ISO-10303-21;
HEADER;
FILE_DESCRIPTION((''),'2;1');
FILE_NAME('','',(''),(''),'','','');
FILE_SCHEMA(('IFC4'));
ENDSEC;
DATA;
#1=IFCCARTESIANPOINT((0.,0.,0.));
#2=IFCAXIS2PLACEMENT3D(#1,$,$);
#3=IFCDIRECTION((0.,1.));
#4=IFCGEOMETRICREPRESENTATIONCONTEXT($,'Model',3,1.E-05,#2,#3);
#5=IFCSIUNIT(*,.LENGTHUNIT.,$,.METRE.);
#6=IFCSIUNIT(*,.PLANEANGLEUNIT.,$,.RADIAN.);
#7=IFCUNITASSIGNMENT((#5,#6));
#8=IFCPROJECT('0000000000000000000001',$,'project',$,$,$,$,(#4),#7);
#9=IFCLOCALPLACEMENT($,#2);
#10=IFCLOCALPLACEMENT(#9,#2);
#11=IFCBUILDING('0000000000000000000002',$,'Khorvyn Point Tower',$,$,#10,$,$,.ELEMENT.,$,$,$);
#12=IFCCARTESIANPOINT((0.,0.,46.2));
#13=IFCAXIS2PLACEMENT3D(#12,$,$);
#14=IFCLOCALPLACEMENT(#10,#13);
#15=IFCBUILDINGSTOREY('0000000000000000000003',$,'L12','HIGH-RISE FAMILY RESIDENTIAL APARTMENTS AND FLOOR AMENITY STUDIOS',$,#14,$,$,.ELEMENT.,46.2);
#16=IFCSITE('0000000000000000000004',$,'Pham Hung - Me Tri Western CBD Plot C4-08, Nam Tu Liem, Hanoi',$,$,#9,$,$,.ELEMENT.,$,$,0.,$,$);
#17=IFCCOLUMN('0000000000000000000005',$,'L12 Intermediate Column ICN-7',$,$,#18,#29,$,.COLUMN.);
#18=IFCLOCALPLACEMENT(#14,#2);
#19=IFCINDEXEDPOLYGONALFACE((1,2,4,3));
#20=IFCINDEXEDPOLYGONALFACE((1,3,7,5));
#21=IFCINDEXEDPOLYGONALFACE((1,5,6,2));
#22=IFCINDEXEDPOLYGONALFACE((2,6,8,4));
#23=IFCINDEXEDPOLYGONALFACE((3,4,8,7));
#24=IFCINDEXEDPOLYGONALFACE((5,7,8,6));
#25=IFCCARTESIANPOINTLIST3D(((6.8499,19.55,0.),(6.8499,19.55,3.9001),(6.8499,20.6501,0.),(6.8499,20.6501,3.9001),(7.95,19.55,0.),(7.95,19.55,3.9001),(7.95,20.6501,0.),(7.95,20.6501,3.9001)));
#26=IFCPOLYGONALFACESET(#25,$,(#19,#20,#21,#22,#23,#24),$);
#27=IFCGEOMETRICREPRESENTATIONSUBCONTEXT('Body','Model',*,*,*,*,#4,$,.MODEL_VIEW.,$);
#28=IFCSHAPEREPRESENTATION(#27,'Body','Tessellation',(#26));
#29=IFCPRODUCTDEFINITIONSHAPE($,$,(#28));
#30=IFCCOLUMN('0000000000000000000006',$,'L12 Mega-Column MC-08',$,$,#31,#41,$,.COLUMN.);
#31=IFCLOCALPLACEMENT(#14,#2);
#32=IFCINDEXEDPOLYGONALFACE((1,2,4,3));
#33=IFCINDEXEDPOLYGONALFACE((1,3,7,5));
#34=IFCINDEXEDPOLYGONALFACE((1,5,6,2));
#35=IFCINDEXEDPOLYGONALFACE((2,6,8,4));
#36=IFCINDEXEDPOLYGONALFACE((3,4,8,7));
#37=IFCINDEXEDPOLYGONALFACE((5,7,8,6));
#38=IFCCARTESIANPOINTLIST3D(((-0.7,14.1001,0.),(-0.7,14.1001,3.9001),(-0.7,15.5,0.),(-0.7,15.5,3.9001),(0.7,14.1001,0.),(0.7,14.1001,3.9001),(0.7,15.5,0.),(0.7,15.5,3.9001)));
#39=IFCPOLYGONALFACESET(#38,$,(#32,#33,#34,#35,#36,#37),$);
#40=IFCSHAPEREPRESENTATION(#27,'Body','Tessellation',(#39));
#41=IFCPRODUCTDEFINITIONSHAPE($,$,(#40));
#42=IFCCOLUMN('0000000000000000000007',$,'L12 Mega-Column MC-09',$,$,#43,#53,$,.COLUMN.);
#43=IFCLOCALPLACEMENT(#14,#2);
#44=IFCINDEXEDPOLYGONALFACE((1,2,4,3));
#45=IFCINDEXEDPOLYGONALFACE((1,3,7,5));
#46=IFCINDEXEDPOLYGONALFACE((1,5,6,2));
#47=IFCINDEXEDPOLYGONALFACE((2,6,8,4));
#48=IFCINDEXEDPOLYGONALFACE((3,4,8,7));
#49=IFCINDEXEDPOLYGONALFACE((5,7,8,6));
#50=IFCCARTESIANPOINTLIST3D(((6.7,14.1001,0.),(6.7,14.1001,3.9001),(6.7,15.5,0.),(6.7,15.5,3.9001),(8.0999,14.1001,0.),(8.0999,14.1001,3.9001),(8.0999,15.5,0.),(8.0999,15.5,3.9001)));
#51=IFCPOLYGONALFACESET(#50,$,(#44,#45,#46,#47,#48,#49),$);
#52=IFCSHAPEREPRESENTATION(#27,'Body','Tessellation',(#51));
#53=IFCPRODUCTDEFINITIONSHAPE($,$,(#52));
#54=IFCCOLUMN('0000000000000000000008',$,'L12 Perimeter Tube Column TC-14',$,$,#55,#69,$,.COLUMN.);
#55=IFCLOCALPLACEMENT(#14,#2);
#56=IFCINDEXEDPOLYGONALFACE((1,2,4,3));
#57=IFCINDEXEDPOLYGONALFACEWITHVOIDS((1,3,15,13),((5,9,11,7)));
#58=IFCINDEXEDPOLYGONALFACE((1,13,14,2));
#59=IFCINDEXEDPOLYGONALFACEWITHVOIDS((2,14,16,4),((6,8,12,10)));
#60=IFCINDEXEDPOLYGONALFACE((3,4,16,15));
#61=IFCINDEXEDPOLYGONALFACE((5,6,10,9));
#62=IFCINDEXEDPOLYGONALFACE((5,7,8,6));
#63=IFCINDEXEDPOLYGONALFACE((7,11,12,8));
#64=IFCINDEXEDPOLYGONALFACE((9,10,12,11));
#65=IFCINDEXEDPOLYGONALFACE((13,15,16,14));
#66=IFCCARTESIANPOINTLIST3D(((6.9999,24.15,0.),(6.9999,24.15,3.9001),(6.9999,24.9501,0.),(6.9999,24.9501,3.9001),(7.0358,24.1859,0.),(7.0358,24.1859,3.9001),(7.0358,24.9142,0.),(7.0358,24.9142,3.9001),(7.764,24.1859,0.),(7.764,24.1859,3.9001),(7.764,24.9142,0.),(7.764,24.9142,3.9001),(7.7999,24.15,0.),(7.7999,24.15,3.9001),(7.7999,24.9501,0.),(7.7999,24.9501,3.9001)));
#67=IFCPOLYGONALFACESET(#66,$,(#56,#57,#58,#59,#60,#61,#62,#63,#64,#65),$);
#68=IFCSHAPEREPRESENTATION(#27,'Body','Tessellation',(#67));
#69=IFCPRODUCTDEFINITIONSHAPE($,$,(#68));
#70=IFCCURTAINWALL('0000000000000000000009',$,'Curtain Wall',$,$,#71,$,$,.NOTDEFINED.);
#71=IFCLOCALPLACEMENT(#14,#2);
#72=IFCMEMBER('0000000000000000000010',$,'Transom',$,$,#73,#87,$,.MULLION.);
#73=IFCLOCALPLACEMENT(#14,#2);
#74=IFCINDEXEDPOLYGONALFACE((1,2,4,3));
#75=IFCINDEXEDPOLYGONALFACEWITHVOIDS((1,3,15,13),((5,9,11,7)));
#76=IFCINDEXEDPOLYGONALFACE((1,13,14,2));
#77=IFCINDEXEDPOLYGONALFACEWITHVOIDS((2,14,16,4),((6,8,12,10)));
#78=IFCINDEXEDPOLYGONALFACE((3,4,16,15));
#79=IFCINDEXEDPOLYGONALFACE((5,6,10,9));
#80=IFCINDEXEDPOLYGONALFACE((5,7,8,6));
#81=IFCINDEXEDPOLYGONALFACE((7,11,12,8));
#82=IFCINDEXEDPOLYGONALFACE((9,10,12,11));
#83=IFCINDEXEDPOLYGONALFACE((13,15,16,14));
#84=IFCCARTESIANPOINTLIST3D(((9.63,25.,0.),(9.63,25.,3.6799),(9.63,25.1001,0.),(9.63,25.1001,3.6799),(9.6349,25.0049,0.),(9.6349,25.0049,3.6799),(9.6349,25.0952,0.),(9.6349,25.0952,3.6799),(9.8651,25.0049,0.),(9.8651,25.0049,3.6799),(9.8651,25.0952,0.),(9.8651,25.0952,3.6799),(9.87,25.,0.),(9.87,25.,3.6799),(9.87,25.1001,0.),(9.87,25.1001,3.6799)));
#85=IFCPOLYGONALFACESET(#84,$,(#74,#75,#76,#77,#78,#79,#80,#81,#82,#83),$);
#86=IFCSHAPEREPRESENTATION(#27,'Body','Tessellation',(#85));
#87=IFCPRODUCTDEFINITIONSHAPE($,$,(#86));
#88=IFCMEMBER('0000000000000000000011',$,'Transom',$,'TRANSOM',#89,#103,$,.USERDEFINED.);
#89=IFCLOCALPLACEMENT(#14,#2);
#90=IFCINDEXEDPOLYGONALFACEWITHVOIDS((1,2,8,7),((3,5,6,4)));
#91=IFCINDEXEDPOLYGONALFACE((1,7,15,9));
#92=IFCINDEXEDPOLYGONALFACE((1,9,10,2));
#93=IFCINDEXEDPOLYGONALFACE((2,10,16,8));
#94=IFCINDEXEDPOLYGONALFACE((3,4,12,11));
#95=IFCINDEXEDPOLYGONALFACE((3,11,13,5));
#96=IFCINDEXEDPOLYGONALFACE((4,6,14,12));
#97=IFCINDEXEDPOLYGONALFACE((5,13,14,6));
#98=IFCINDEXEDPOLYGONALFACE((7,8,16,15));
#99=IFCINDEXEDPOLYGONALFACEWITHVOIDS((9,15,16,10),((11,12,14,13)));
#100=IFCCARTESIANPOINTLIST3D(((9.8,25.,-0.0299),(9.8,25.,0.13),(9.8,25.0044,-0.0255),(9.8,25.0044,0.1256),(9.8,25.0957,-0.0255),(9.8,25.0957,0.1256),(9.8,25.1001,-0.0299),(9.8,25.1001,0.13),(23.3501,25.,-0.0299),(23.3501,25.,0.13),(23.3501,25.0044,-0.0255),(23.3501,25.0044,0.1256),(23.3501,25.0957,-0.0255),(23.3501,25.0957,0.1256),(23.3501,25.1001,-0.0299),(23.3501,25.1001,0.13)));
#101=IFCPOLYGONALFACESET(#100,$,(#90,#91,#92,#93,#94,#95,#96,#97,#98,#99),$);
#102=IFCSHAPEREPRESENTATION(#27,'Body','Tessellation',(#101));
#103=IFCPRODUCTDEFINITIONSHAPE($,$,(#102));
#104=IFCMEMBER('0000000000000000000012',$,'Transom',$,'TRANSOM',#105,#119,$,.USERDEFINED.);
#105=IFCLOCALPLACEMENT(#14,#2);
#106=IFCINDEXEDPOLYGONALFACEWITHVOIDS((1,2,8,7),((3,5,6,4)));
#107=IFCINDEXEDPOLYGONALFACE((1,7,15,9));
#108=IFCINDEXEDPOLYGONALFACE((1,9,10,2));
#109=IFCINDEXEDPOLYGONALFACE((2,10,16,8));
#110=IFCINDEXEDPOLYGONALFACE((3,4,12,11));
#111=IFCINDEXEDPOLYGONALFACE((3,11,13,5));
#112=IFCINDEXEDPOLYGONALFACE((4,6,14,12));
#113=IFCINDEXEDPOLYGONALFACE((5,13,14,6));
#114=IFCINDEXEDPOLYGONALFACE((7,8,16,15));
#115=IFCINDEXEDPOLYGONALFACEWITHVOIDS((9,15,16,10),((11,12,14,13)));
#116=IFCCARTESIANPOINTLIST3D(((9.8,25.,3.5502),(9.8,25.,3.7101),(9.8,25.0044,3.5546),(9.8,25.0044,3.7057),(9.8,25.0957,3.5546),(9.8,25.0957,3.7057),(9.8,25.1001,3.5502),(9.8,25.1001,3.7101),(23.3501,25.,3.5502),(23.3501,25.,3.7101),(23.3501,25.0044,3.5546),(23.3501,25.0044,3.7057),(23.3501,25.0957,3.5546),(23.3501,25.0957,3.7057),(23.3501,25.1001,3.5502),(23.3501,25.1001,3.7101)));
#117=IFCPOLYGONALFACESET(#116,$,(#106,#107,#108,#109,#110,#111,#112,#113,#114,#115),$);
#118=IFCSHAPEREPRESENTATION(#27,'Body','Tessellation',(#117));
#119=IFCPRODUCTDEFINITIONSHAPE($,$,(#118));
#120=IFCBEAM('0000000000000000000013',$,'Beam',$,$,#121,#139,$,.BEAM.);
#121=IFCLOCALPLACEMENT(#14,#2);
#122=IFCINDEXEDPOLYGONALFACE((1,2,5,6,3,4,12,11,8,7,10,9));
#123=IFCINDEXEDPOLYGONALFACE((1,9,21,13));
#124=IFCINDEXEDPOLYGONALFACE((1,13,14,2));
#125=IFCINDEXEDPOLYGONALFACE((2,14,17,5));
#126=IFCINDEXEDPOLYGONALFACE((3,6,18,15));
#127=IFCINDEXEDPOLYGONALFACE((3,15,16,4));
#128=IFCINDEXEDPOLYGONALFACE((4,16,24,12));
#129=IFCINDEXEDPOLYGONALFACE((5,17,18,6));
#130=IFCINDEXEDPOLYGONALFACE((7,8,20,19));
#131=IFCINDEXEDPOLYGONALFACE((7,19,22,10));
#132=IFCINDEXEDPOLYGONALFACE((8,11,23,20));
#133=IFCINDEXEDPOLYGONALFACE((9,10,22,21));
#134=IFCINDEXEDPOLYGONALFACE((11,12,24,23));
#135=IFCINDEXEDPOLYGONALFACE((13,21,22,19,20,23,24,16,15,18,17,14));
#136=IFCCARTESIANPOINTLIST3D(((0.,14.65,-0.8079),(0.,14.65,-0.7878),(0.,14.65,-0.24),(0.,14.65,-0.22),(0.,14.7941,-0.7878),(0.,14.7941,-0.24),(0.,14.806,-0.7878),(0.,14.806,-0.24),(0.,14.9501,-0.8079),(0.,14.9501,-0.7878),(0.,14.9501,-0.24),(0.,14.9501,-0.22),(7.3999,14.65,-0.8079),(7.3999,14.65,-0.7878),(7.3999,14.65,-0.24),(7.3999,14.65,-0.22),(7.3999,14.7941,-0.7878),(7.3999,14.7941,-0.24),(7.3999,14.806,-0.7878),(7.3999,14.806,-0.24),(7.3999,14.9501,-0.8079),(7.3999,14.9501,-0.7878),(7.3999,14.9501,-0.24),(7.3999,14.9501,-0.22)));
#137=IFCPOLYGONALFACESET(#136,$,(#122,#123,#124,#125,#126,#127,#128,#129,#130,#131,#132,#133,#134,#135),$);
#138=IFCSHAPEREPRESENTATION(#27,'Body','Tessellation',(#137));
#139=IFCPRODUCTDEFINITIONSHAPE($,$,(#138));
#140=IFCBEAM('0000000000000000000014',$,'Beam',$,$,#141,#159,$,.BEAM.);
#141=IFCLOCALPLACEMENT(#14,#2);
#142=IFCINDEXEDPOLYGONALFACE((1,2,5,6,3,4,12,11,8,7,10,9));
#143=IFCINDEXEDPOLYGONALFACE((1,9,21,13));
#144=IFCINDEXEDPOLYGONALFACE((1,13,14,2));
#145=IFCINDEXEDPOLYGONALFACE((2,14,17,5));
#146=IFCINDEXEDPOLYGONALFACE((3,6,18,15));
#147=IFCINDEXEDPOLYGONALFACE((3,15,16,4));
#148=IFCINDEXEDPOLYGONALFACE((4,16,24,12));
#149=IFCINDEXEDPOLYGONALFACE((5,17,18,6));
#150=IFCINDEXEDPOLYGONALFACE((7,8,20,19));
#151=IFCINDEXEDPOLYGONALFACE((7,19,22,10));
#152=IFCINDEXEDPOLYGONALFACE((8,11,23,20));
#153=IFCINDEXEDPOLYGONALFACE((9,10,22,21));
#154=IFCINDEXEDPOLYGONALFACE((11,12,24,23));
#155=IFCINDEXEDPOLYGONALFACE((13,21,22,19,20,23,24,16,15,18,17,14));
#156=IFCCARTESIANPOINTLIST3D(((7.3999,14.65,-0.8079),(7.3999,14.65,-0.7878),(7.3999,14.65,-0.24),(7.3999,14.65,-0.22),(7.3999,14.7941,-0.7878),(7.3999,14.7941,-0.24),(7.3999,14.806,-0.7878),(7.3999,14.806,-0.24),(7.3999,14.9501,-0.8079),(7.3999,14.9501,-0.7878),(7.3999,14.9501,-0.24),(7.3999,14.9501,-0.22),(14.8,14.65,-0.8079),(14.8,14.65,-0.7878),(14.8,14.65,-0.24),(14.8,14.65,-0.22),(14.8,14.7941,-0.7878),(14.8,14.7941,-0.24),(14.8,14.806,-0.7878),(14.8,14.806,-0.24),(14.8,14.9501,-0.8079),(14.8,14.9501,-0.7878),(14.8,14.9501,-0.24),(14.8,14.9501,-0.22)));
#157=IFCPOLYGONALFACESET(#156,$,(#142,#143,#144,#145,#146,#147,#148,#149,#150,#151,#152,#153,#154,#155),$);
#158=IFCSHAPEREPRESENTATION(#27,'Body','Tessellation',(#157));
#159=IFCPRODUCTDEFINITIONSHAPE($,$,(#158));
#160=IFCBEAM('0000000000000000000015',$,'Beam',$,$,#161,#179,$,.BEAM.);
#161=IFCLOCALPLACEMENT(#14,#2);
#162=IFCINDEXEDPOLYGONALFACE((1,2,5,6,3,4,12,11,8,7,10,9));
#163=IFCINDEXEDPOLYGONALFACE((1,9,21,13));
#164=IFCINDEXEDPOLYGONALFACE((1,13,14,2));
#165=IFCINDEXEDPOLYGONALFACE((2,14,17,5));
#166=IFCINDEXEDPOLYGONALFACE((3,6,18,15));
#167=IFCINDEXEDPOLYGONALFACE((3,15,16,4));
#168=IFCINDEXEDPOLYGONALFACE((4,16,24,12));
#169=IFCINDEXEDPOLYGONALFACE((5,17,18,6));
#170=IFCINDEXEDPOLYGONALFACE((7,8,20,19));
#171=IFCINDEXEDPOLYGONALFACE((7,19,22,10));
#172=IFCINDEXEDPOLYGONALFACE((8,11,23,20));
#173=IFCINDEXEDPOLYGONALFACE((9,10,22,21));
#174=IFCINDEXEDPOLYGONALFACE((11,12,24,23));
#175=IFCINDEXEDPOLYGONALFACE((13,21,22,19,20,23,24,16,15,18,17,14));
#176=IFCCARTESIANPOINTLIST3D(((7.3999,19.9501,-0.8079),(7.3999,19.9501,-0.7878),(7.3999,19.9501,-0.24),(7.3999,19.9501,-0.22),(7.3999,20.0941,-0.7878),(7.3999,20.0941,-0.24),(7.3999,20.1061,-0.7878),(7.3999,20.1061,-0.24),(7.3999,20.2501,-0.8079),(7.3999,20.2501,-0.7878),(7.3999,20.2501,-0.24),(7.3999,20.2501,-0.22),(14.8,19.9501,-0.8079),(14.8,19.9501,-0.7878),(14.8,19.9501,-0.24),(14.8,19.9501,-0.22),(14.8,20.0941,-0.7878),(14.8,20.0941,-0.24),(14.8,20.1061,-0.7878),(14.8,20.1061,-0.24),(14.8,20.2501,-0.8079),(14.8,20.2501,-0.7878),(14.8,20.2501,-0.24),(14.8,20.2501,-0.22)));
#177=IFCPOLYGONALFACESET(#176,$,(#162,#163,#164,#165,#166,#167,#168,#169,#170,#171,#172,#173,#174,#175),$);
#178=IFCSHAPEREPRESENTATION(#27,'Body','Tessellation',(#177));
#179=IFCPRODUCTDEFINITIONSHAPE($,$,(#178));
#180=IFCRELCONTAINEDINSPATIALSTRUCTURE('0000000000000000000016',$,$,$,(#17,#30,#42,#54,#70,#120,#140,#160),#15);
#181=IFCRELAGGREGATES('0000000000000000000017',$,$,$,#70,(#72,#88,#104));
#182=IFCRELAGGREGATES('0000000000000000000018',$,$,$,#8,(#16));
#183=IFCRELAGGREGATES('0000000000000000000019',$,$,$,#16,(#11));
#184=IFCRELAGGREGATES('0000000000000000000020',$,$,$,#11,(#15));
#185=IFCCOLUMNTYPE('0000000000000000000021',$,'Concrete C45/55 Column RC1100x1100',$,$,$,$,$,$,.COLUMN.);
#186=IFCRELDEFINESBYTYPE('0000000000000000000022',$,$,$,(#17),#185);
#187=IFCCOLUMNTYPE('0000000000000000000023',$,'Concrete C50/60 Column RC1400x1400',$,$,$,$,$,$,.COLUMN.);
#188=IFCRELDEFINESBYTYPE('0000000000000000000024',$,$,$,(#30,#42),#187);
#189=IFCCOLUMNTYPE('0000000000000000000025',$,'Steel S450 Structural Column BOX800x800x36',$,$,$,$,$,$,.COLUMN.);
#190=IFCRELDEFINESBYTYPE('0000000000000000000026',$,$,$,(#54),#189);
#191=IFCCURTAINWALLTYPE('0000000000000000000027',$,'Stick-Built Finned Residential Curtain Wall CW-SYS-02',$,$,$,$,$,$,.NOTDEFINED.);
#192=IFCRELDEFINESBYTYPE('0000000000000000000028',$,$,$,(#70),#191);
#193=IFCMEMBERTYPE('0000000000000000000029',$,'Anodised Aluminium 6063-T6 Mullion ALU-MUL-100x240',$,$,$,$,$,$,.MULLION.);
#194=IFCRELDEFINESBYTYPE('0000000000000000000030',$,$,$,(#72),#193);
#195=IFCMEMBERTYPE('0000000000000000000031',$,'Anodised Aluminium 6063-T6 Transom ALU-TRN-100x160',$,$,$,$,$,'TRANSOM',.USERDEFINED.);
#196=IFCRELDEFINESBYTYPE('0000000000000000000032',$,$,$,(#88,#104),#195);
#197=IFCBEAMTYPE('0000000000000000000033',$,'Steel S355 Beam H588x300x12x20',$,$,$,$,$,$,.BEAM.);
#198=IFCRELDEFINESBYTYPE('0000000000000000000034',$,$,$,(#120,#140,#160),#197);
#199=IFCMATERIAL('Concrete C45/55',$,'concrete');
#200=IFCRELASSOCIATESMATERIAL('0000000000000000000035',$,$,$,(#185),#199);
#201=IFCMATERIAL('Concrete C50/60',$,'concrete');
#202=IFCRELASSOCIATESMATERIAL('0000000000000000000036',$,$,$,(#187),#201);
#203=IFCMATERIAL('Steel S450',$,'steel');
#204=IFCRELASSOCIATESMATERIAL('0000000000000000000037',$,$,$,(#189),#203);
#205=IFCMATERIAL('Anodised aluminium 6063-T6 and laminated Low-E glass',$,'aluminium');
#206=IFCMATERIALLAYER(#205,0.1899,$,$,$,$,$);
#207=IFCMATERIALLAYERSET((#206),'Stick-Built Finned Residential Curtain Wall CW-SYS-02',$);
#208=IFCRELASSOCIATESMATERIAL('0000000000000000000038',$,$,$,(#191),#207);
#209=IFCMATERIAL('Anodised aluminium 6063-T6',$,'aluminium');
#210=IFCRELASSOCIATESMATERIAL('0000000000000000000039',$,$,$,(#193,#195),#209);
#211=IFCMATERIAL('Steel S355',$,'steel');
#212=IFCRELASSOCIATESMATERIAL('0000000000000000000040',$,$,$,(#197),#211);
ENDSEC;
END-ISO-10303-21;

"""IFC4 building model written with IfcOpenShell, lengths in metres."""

from ifc_helpers import new_model, si_unit, direction, frame, origin, origin_2d, place, context, subcontext, project, spatial, rectangle, hollow_rectangle, i_section, extrude, material, layer, layer_set, material_profile, profile_set, type_object, element, aggregate, save


model = new_model("IFC4")

# Units and contexts
model_context = context("Model", 3, precision=1e-05, world=origin(), true_north=direction((0.0, 1.0)))
body_context = subcontext(model_context, "Body", "Model", "MODEL_VIEW")
ifc_project = project(units=[si_unit("LENGTHUNIT", "METRE"), si_unit("PLANEANGLEUNIT", "RADIAN")], contexts=[model_context])

# Site, building, storey
site_placement = place(None, origin())
site = spatial("IfcSite", under=ifc_project, at=site_placement, Name="Pham Hung - Me Tri Western CBD Plot C4-08, Nam Tu Liem, Hanoi", CompositionType="ELEMENT", RefElevation=0.0)
building_placement = place(site_placement, origin())
building = spatial("IfcBuilding", under=site, at=building_placement, Name="Khorvyn Point Tower", CompositionType="ELEMENT")
storey_placement = place(building_placement, frame((0.0, 0.0, 46.2)))
storey = spatial("IfcBuildingStorey", under=building, at=storey_placement, Name="L12", Description="HIGH-RISE FAMILY RESIDENTIAL APARTMENTS AND FLOOR AMENITY STUDIOS", CompositionType="ELEMENT", Elevation=46.2)

# Columns
ifc_material_1 = material(Name="Concrete C45/55", Category="concrete")
ifc_material_profile_1 = material_profile(ifc_material_1, rectangle(XDim=1.1001, YDim=1.1001, at=origin_2d()))
ifc_profile_set_1 = profile_set([ifc_material_profile_1], Name="Concrete C45/55 RC1100x1100")
column_type_1 = type_object("IfcColumnType", Name="Concrete C45/55 Column RC1100x1100", PredefinedType="COLUMN", material=ifc_profile_set_1)
column_1_placement = place(storey_placement, frame((7.3999, 20.1001, 0.0), z_axis=(0.0, 0.0, 1.0), x_axis=(1.0, 0.0, 0.0)))
element("IfcColumn", 1, at=column_1_placement, inside=storey, type_object=column_type_1, Name="L12 Intermediate Column ICN-7", PredefinedType="COLUMN", context=body_context, shape_type="SweptSolid", body=[
    extrude(rectangle(XDim=1.1001, YDim=1.1001, at=origin_2d()), origin(), (0.0, 0.0, 1.0), 3.9001),
])
ifc_material_2 = material(Name="Concrete C50/60", Category="concrete")
ifc_material_profile_2 = material_profile(ifc_material_2, rectangle(XDim=1.3999, YDim=1.3999, at=origin_2d()))
ifc_profile_set_2 = profile_set([ifc_material_profile_2], Name="Concrete C50/60 RC1400x1400")
column_type_2 = type_object("IfcColumnType", Name="Concrete C50/60 Column RC1400x1400", PredefinedType="COLUMN", material=ifc_profile_set_2)
for number, where, z_axis, x_axis, name in (
    (2, (0.0, 14.8, 0.0), (0.0, 0.0, 1.0), (1.0, 0.0, 0.0), "L12 Mega-Column MC-08"),
    (3, (7.3999, 14.8, 0.0), (0.0, 0.0, 1.0), (1.0, 0.0, 0.0), "L12 Mega-Column MC-09"),
):
    element("IfcColumn", number, at=place(storey_placement, frame(where, z_axis=z_axis, x_axis=x_axis)), inside=storey, type_object=column_type_2, Name=name, PredefinedType="COLUMN", context=body_context, shape_type="SweptSolid", body=[
        extrude(rectangle(XDim=1.3999, YDim=1.3999, at=origin_2d()), origin(), (0.0, 0.0, 1.0), 3.9001),
    ])
ifc_material_3 = material(Name="Steel S450", Category="steel")
ifc_material_profile_3 = material_profile(ifc_material_3, hollow_rectangle(XDim=0.8, YDim=0.8, WallThickness=0.0359, at=origin_2d()))
ifc_profile_set_3 = profile_set([ifc_material_profile_3], Name="Steel S450 BOX800x800x36")
column_type_3 = type_object("IfcColumnType", Name="Steel S450 Structural Column BOX800x800x36", PredefinedType="COLUMN", material=ifc_profile_set_3)
column_2_placement = place(storey_placement, frame((7.3999, 24.55, 0.0), z_axis=(0.0, 0.0, 1.0), x_axis=(1.0, 0.0, 0.0)))
element("IfcColumn", 4, at=column_2_placement, inside=storey, type_object=column_type_3, Name="L12 Perimeter Tube Column TC-14", PredefinedType="COLUMN", context=body_context, shape_type="SweptSolid", body=[
    extrude(hollow_rectangle(XDim=0.8, YDim=0.8, WallThickness=0.0359, at=origin_2d()), origin(), (0.0, 0.0, 1.0), 3.9001),
])

# Curtain wall, members
ifc_material_4 = material(Name="Anodised aluminium 6063-T6 and laminated Low-E glass", Category="aluminium")
ifc_layer_1 = layer(ifc_material_4, 0.1899)
ifc_layer_set_1 = layer_set([ifc_layer_1], Name="Stick-Built Finned Residential Curtain Wall CW-SYS-02")
curtain_wall_type = type_object("IfcCurtainWallType", Name="Stick-Built Finned Residential Curtain Wall CW-SYS-02", PredefinedType="NOTDEFINED", material=ifc_layer_set_1)
curtain_wall_placement = place(storey_placement, origin())
curtain_wall = element("IfcCurtainWall", 5, at=curtain_wall_placement, inside=storey, type_object=curtain_wall_type, Name="Curtain Wall", PredefinedType="NOTDEFINED")
ifc_material_5 = material(Name="Anodised aluminium 6063-T6", Category="aluminium")
ifc_material_profile_4 = material_profile(ifc_material_5, hollow_rectangle(XDim=0.1001, YDim=0.24, WallThickness=0.0049, at=origin_2d()))
ifc_profile_set_4 = profile_set([ifc_material_profile_4], Name="Anodised aluminium 6063-T6 ALU-MUL-100x240")
member_type_1 = type_object("IfcMemberType", Name="Anodised Aluminium 6063-T6 Mullion ALU-MUL-100x240", PredefinedType="MULLION", material=ifc_profile_set_4)
member_1_placement = place(storey_placement, frame((9.75, 25.05, 0.0), z_axis=(0.0, 0.0, 1.0), x_axis=(0.0, 1.0, 0.0)))
member_1 = element("IfcMember", 6, at=member_1_placement, type_object=member_type_1, Name="Transom", PredefinedType="MULLION", context=body_context, shape_type="SweptSolid", body=[
    extrude(hollow_rectangle(XDim=0.1001, YDim=0.24, WallThickness=0.0049, at=origin_2d()), origin(), (0.0, 0.0, 1.0), 3.6799),
])
ifc_material_profile_5 = material_profile(ifc_material_5, hollow_rectangle(XDim=0.1001, YDim=0.1599, WallThickness=0.0044, at=origin_2d()))
ifc_profile_set_5 = profile_set([ifc_material_profile_5], Name="Anodised aluminium 6063-T6 ALU-TRN-100x160")
member_type_2 = type_object("IfcMemberType", Name="Anodised Aluminium 6063-T6 Transom ALU-TRN-100x160", ElementType="TRANSOM", PredefinedType="USERDEFINED", material=ifc_profile_set_5)
member_2_placement = place(storey_placement, frame((9.8, 25.05, 0.05), z_axis=(1.0, 0.0, 0.0), x_axis=(0.0, 1.0, 0.0)))
member_2 = element("IfcMember", 7, at=member_2_placement, type_object=member_type_2, Name="Transom", ObjectType="TRANSOM", PredefinedType="USERDEFINED", context=body_context, shape_type="SweptSolid", body=[
    extrude(hollow_rectangle(XDim=0.1001, YDim=0.1599, WallThickness=0.0044, at=origin_2d()), origin(), (0.0, 0.0, 1.0), 13.55),
])
member_3_placement = place(storey_placement, frame((9.8, 25.05, 3.6301), z_axis=(1.0, 0.0, 0.0), x_axis=(0.0, 1.0, 0.0)))
member_3 = element("IfcMember", 8, at=member_3_placement, type_object=member_type_2, Name="Transom", ObjectType="TRANSOM", PredefinedType="USERDEFINED", context=body_context, shape_type="SweptSolid", body=[
    extrude(hollow_rectangle(XDim=0.1001, YDim=0.1599, WallThickness=0.0044, at=origin_2d()), origin(), (0.0, 0.0, 1.0), 13.55),
])

# Beams
ifc_material_6 = material(Name="Steel S355", Category="steel")
ifc_material_profile_6 = material_profile(ifc_material_6, i_section(OverallWidth=0.3, OverallDepth=0.5879, WebThickness=0.012, FlangeThickness=0.02, at=origin_2d()))
ifc_profile_set_6 = profile_set([ifc_material_profile_6], Name="Steel S355 H588x300x12x20")
beam_type_1 = type_object("IfcBeamType", Name="Steel S355 Beam H588x300x12x20", PredefinedType="BEAM", material=ifc_profile_set_6)
beam_1_placement = place(storey_placement, frame((0.0, 14.8, -0.5139), z_axis=(1.0, 0.0, 0.0), x_axis=(0.0, 1.0, 0.0)))
element("IfcBeam", 9, at=beam_1_placement, inside=storey, type_object=beam_type_1, Name="Beam", PredefinedType="BEAM", context=body_context, shape_type="SweptSolid", body=[
    extrude(i_section(OverallWidth=0.3, OverallDepth=0.5879, WebThickness=0.012, FlangeThickness=0.02, at=origin_2d()), origin(), (0.0, 0.0, 1.0), 7.3999),
])
for number, where, z_axis, x_axis, name in (
    (10, (7.3999, 14.8, -0.5139), (1.0, 0.0, 0.0), (0.0, 1.0, 0.0), "Beam"),
    (11, (7.3999, 20.1001, -0.5139), (1.0, 0.0, 0.0), (0.0, 1.0, 0.0), "Beam"),
):
    element("IfcBeam", number, at=place(storey_placement, frame(where, z_axis=z_axis, x_axis=x_axis)), inside=storey, type_object=beam_type_1, Name=name, PredefinedType="BEAM", context=body_context, shape_type="SweptSolid", body=[
        extrude(i_section(OverallWidth=0.3, OverallDepth=0.5879, WebThickness=0.012, FlangeThickness=0.02, at=origin_2d()), origin(), (0.0, 0.0, 1.0), 7.4001),
    ])

aggregate(curtain_wall, [member_1, member_2, member_3])

save(model, "model.ifc")
